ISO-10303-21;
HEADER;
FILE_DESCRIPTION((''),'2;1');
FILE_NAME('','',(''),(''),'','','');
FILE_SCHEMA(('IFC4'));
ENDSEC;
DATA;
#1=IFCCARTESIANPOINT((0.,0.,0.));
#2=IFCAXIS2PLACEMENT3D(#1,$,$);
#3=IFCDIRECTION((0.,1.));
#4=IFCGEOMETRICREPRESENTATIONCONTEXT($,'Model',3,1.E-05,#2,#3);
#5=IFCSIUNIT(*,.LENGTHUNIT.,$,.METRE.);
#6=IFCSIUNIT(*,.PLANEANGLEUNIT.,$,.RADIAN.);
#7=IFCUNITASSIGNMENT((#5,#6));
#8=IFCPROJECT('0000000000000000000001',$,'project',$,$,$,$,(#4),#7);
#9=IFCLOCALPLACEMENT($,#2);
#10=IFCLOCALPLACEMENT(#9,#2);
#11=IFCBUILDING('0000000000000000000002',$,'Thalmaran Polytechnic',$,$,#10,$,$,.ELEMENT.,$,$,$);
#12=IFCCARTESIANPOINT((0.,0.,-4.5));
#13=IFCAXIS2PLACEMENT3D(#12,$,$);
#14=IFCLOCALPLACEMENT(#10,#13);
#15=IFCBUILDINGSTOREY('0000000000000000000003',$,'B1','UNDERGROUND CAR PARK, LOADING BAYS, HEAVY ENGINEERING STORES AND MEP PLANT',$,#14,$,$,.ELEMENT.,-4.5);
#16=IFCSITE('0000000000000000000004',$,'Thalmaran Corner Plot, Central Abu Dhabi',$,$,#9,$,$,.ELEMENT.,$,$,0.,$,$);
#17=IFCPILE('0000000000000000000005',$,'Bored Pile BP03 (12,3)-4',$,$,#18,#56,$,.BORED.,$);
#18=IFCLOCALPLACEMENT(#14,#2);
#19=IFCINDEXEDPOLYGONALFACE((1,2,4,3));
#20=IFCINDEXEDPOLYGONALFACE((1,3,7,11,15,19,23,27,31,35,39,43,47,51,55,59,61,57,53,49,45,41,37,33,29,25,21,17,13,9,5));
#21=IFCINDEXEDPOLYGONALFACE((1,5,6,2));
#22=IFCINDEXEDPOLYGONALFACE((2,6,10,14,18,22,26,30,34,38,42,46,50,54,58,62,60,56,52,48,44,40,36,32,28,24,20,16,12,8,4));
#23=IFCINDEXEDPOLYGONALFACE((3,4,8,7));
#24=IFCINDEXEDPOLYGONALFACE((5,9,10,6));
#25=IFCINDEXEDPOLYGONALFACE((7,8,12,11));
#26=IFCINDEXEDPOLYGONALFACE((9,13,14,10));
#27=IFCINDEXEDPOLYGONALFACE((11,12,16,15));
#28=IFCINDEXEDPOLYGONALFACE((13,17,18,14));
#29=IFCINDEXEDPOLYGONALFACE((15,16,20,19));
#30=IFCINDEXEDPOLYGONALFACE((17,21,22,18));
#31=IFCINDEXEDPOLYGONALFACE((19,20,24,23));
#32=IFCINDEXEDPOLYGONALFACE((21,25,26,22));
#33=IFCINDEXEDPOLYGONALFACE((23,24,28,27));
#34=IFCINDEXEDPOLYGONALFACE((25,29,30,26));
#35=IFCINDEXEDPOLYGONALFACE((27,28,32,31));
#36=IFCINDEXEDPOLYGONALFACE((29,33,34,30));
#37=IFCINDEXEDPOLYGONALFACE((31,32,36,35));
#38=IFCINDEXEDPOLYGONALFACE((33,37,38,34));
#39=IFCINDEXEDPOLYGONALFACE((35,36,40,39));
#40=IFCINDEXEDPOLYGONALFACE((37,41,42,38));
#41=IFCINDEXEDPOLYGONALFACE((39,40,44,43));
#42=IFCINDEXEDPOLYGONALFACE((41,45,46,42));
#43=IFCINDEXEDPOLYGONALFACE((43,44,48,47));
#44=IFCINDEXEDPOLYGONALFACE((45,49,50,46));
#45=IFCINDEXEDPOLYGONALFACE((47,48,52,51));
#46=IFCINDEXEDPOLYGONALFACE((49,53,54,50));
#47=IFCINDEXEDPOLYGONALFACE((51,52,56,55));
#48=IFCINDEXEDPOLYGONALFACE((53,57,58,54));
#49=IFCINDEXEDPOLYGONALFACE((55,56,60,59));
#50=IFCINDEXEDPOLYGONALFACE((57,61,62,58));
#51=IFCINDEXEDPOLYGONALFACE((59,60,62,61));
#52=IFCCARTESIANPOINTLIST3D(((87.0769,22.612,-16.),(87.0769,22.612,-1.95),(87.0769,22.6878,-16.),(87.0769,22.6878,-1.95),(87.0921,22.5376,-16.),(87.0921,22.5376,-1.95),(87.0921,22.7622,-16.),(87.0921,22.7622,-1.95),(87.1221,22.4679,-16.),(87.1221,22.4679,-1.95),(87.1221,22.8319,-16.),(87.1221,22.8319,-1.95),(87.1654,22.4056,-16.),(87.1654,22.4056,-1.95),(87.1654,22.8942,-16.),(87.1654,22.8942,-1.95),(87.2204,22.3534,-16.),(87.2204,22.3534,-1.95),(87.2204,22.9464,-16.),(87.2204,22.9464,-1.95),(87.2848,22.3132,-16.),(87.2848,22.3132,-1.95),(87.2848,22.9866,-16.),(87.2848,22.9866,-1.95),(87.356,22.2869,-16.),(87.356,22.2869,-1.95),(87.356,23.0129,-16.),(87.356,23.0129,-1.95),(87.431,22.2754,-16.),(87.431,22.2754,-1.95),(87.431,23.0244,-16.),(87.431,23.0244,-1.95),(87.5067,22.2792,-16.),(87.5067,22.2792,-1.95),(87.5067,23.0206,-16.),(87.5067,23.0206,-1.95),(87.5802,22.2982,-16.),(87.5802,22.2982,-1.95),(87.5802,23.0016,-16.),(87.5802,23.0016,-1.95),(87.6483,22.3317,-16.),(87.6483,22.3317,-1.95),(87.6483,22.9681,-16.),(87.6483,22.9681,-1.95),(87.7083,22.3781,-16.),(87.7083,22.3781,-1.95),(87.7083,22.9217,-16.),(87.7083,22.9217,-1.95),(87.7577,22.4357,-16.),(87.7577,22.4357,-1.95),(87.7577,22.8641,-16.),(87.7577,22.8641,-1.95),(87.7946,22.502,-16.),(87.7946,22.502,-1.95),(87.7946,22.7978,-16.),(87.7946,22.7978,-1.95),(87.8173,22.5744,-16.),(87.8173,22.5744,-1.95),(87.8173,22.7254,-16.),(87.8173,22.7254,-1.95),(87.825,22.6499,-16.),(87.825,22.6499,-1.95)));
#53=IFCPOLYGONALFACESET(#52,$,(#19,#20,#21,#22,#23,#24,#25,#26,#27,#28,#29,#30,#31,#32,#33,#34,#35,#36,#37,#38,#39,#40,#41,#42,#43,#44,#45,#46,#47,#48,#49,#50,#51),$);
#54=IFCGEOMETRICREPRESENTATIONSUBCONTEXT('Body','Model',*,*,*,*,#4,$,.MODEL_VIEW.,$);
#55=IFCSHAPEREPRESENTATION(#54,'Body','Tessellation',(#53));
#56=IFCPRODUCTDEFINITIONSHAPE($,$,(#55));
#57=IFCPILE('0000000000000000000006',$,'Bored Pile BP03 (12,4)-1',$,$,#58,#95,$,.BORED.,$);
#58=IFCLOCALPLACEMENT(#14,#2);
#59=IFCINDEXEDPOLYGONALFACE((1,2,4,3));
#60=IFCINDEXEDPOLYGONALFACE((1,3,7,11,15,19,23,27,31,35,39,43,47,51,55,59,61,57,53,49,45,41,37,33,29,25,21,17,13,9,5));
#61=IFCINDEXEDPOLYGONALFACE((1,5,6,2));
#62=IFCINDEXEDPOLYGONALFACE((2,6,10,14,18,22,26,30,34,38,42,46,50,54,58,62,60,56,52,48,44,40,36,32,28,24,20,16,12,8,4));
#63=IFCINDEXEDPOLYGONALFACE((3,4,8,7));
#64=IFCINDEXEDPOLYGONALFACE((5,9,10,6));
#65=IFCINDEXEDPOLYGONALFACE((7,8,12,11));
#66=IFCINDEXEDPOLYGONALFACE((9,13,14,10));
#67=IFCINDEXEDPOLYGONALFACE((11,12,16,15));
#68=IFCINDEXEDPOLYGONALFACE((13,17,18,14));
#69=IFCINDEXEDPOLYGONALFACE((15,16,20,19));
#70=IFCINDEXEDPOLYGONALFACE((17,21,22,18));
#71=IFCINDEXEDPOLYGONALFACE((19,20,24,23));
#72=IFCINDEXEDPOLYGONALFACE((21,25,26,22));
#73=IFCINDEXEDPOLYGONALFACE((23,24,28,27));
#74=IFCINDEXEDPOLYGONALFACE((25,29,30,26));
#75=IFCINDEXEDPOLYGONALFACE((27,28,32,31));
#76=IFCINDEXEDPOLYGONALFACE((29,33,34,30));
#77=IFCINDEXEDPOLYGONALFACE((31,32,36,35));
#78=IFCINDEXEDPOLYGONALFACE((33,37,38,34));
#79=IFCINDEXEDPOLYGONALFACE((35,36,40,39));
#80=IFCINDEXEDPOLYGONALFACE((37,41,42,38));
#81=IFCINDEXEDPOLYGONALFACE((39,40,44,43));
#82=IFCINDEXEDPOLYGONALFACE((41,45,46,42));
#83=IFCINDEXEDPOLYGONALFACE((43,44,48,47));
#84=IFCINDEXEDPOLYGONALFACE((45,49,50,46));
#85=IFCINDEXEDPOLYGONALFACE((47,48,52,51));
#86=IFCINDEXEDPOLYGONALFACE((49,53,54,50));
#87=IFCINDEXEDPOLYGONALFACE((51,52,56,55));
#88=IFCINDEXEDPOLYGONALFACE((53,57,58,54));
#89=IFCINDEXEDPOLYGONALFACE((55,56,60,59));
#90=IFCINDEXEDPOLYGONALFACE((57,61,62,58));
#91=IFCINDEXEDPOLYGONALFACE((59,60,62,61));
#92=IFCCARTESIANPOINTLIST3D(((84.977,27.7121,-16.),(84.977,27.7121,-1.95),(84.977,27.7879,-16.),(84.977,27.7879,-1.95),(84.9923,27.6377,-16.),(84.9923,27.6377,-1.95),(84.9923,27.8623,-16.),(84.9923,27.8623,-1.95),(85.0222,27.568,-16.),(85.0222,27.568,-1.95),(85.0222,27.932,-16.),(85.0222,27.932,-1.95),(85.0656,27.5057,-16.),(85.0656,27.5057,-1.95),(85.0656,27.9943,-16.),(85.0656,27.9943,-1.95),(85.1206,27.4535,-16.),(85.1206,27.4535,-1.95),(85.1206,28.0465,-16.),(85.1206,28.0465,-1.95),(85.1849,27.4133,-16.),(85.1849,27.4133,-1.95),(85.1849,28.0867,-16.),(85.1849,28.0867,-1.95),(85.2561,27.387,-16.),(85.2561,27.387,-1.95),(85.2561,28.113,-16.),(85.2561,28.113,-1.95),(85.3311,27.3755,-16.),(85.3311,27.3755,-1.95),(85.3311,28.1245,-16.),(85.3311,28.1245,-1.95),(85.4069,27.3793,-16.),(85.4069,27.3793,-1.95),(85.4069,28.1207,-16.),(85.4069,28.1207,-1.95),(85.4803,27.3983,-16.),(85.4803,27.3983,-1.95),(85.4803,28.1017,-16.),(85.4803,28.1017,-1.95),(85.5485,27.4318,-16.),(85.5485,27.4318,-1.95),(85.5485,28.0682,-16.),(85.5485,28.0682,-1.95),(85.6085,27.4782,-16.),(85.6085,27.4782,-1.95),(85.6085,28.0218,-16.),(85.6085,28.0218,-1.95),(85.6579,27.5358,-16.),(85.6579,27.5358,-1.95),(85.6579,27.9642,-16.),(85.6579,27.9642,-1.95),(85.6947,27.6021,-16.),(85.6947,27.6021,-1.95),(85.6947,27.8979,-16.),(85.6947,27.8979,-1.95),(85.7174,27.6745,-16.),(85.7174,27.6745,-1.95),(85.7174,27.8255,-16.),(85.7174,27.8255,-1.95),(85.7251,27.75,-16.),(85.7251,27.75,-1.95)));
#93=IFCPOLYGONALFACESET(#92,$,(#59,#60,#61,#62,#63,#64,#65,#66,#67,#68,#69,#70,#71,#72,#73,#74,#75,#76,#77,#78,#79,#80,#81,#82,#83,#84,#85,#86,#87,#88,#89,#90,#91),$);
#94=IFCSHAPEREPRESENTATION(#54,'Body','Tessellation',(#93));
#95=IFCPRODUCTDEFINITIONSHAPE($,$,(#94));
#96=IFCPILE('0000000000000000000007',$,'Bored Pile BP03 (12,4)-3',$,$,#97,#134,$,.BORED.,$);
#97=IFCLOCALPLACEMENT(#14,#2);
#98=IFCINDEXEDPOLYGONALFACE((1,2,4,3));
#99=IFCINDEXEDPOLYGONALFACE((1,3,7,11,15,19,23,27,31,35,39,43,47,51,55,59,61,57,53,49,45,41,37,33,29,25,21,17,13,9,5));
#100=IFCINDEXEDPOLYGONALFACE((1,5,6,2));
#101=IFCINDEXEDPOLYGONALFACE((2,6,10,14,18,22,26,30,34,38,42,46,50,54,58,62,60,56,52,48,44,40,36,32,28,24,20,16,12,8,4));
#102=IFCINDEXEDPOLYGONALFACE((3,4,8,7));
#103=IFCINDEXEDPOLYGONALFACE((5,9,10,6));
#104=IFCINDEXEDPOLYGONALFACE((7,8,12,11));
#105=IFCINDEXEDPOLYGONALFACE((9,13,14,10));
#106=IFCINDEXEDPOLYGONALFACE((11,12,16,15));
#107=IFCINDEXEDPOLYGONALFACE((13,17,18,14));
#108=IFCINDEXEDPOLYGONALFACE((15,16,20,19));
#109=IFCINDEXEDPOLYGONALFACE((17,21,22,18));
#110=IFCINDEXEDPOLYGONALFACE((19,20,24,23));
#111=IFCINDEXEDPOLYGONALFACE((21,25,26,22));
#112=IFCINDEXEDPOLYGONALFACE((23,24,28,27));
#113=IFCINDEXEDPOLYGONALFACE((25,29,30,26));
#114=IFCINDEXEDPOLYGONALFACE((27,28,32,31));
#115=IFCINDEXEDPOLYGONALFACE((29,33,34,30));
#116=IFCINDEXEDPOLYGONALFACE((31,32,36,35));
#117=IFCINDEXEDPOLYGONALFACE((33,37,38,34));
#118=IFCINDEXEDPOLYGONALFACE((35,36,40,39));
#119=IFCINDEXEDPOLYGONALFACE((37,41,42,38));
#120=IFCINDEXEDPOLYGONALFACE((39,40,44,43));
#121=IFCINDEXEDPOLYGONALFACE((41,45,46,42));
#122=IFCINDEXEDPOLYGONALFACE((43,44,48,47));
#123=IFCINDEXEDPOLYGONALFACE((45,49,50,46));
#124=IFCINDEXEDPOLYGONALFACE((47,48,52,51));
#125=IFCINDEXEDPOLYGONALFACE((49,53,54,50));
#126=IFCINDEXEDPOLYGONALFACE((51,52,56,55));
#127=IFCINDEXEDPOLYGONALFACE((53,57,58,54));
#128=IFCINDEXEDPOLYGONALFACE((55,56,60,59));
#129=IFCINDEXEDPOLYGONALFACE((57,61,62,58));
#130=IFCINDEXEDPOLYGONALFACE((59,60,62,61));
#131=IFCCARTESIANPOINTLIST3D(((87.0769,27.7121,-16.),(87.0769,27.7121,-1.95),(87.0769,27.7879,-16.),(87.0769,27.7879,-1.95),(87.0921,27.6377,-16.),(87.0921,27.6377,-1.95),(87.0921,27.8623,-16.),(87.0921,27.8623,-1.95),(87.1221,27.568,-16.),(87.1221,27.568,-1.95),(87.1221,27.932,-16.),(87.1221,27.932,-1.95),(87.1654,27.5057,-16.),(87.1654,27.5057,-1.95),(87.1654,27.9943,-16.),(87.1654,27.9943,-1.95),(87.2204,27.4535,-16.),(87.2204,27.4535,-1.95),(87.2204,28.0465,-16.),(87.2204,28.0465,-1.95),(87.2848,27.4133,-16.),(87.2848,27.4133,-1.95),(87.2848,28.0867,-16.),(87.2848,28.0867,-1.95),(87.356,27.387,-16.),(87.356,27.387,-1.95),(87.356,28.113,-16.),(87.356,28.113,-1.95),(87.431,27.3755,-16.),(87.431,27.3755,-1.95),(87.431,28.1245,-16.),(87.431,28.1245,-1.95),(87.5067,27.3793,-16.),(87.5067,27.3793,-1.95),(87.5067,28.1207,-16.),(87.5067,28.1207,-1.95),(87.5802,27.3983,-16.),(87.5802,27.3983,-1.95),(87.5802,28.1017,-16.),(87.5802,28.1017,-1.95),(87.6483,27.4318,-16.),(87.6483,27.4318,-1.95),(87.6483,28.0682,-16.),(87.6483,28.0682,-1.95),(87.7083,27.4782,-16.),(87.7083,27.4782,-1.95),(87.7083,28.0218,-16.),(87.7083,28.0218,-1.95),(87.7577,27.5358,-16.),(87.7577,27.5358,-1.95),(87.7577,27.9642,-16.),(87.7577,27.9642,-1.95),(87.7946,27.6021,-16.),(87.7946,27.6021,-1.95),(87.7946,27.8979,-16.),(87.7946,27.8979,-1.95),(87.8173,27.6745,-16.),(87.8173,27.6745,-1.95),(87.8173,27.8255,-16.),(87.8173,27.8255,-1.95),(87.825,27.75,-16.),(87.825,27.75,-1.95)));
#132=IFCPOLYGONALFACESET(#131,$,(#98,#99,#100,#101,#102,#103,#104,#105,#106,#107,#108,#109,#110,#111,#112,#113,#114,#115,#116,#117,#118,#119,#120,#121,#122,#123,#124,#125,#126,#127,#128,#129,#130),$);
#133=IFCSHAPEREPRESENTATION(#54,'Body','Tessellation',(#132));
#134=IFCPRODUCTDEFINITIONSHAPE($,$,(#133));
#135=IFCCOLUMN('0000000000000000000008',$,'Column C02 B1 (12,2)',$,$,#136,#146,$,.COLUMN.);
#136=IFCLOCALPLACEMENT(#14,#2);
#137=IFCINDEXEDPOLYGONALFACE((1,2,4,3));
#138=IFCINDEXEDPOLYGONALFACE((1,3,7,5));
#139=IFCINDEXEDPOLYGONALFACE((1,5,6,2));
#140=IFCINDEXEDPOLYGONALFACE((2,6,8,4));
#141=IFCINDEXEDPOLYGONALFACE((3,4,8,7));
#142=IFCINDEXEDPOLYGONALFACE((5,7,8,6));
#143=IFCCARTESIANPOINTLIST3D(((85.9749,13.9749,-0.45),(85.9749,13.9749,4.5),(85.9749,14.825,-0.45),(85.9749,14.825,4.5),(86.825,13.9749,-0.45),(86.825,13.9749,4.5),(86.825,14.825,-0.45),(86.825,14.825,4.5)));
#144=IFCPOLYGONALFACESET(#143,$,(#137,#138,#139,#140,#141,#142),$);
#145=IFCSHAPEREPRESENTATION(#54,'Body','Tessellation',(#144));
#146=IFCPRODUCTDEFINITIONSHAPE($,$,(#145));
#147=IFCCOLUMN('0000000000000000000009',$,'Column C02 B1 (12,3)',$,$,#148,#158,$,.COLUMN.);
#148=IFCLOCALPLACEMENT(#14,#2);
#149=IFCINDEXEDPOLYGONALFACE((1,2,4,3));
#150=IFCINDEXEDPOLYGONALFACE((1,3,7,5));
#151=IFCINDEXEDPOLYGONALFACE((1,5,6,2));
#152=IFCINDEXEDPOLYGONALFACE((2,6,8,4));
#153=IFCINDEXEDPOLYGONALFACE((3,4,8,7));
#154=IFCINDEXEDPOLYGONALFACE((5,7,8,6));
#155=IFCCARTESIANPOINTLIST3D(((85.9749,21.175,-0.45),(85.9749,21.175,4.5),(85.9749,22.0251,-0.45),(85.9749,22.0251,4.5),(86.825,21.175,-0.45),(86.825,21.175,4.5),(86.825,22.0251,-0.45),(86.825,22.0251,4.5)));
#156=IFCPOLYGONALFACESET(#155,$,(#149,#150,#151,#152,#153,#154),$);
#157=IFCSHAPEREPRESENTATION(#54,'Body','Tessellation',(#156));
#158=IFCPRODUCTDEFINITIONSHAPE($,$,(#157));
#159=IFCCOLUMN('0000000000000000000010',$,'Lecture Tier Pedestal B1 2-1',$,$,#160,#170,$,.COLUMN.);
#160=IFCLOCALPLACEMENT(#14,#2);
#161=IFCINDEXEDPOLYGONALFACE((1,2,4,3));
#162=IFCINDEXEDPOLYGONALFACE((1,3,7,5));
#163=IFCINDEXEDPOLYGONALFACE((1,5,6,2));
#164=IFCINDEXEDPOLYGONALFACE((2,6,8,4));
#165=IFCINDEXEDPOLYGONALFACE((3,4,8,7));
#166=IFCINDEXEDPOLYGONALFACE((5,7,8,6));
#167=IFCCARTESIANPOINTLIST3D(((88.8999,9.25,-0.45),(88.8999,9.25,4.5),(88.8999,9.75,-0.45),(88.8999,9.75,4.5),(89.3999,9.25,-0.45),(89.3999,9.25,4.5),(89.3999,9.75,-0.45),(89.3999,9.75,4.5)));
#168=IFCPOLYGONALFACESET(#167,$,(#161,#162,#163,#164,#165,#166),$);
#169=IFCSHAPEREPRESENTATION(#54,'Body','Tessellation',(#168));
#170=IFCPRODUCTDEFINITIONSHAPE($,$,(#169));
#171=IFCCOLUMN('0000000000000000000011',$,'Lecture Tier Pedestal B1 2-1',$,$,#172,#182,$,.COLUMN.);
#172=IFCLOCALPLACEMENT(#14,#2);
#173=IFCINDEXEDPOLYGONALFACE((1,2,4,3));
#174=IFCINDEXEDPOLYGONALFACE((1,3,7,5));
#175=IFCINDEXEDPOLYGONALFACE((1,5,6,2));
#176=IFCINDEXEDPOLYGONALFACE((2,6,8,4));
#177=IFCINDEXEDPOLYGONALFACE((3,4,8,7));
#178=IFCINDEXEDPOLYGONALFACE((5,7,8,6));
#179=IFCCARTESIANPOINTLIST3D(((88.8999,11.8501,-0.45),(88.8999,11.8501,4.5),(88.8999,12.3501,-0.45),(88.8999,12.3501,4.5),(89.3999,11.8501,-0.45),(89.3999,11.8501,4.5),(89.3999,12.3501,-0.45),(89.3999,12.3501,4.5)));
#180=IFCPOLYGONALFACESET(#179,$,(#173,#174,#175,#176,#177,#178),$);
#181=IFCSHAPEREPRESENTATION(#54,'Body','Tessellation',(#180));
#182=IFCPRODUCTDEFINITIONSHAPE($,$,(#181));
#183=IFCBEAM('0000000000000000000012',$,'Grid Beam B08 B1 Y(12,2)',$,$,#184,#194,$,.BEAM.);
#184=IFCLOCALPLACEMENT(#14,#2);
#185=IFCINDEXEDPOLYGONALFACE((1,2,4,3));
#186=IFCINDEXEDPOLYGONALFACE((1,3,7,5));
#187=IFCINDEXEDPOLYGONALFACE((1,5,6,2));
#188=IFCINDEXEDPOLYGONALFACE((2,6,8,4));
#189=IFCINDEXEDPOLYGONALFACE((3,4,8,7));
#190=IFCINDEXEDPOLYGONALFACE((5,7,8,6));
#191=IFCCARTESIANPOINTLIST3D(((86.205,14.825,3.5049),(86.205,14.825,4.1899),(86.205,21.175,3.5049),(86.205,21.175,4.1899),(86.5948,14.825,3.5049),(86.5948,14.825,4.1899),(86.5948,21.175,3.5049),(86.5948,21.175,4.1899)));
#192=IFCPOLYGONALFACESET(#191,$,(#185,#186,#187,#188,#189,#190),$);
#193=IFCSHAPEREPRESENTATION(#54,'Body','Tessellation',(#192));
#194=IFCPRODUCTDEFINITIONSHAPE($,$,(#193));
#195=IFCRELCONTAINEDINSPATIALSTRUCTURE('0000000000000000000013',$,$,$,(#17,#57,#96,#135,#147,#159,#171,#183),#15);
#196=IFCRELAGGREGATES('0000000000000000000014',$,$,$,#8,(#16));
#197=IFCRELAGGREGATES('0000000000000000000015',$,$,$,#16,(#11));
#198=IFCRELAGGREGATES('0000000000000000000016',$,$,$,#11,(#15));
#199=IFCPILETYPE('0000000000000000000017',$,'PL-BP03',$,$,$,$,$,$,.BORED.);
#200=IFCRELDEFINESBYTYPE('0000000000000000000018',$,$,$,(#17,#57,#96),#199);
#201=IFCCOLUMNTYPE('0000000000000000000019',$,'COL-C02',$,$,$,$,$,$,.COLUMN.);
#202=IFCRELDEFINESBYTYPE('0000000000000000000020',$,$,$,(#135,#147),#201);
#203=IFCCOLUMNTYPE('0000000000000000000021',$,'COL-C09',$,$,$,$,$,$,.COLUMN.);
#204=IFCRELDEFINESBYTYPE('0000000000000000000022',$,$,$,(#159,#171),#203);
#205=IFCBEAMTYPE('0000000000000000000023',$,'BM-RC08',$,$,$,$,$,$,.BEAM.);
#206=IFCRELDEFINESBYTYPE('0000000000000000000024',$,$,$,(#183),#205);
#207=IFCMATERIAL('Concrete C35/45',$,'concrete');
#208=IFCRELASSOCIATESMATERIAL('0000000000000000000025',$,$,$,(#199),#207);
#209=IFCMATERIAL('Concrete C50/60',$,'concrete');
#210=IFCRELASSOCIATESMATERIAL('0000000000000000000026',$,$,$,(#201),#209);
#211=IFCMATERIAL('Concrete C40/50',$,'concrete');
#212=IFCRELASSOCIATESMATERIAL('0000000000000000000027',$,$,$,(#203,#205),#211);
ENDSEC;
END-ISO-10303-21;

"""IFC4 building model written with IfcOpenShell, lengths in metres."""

from ifc_helpers import new_model, si_unit, direction, frame, origin, origin_2d, place, context, subcontext, project, spatial, rectangle, circle, extrude, material, material_profile, profile_set, type_object, element, save


model = new_model("IFC4")

# Units and contexts
model_context = context("Model", 3, precision=1e-05, world=origin(), true_north=direction((0.0, 1.0)))
body_context = subcontext(model_context, "Body", "Model", "MODEL_VIEW")
ifc_project = project(units=[si_unit("LENGTHUNIT", "METRE"), si_unit("PLANEANGLEUNIT", "RADIAN")], contexts=[model_context])

# Site, building, storey
site_placement = place(None, origin())
site = spatial("IfcSite", under=ifc_project, at=site_placement, Name="Thalmaran Corner Plot, Central Abu Dhabi", CompositionType="ELEMENT", RefElevation=0.0)
building_placement = place(site_placement, origin())
building = spatial("IfcBuilding", under=site, at=building_placement, Name="Thalmaran Polytechnic", CompositionType="ELEMENT")
storey_placement = place(building_placement, frame((0.0, 0.0, -4.5)))
storey = spatial("IfcBuildingStorey", under=building, at=storey_placement, Name="B1", Description="UNDERGROUND CAR PARK, LOADING BAYS, HEAVY ENGINEERING STORES AND MEP PLANT", CompositionType="ELEMENT", Elevation=-4.5)

# Shared definitions
ifc_material_1 = material(Name="Concrete C40/50", Category="concrete")

# Piles
ifc_material_2 = material(Name="Concrete C35/45", Category="concrete")
ifc_material_profile_1 = material_profile(ifc_material_2, circle(Radius=0.375, at=origin_2d()), Name="RC 750 DIA")
ifc_profile_set_1 = profile_set([ifc_material_profile_1], Name="Concrete C35/45")
pile_type = type_object("IfcPileType", Name="PL-BP03", PredefinedType="BORED", material=ifc_profile_set_1)
for number, where, z_axis, x_axis, name in (
    (1, (87.45, 22.6499, -1.95), (0.0, 0.0, -1.0), (1.0, 0.0, 0.0), "Bored Pile BP03 (12,3)-4"),
    (2, (85.3501, 27.75, -1.95), (0.0, 0.0, -1.0), (1.0, 0.0, 0.0), "Bored Pile BP03 (12,4)-1"),
    (3, (87.45, 27.75, -1.95), (0.0, 0.0, -1.0), (1.0, 0.0, 0.0), "Bored Pile BP03 (12,4)-3"),
):
    element("IfcPile", number, at=place(storey_placement, frame(where, z_axis=z_axis, x_axis=x_axis)), inside=storey, type_object=pile_type, Name=name, PredefinedType="BORED", context=body_context, shape_type="SweptSolid", body=[
        extrude(circle(Radius=0.375, at=origin_2d()), origin(), (0.0, 0.0, 1.0), 14.05),
    ])

# Columns
ifc_material_3 = material(Name="Concrete C50/60", Category="concrete")
ifc_material_profile_2 = material_profile(ifc_material_3, rectangle(XDim=0.8501, YDim=0.8501, at=origin_2d()), Name="RC 850x850")
ifc_profile_set_2 = profile_set([ifc_material_profile_2], Name="Concrete C50/60")
column_type_1 = type_object("IfcColumnType", Name="COL-C02", PredefinedType="COLUMN", material=ifc_profile_set_2)
for number, where, z_axis, x_axis, name in (
    (4, (86.3999, 14.3999, -0.45), (0.0, 0.0, 1.0), (1.0, 0.0, 0.0), "Column C02 B1 (12,2)"),
    (5, (86.3999, 21.6001, -0.45), (0.0, 0.0, 1.0), (1.0, 0.0, 0.0), "Column C02 B1 (12,3)"),
):
    element("IfcColumn", number, at=place(storey_placement, frame(where, z_axis=z_axis, x_axis=x_axis)), inside=storey, type_object=column_type_1, Name=name, PredefinedType="COLUMN", context=body_context, shape_type="SweptSolid", body=[
        extrude(rectangle(XDim=0.8501, YDim=0.8501, at=origin_2d()), origin(), (0.0, 0.0, 1.0), 4.95),
    ])
ifc_material_profile_3 = material_profile(ifc_material_1, rectangle(XDim=0.5, YDim=0.5, at=origin_2d()), Name="RC 500x500")
ifc_profile_set_3 = profile_set([ifc_material_profile_3], Name="Concrete C40/50")
column_type_2 = type_object("IfcColumnType", Name="COL-C09", PredefinedType="COLUMN", material=ifc_profile_set_3)
for number, where, z_axis, x_axis, name in (
    (6, (89.1499, 9.5, -0.45), (0.0, 0.0, 1.0), (1.0, 0.0, 0.0), "Lecture Tier Pedestal B1 2-1"),
    (7, (89.1499, 12.1001, -0.45), (0.0, 0.0, 1.0), (1.0, 0.0, 0.0), "Lecture Tier Pedestal B1 2-1"),
):
    element("IfcColumn", number, at=place(storey_placement, frame(where, z_axis=z_axis, x_axis=x_axis)), inside=storey, type_object=column_type_2, Name=name, PredefinedType="COLUMN", context=body_context, shape_type="SweptSolid", body=[
        extrude(rectangle(XDim=0.5, YDim=0.5, at=origin_2d()), origin(), (0.0, 0.0, 1.0), 4.95),
    ])

# Beam
ifc_material_profile_4 = material_profile(ifc_material_1, rectangle(XDim=0.3899, YDim=0.6851, at=origin_2d()), Name="RC 390x685")
ifc_profile_set_4 = profile_set([ifc_material_profile_4], Name="Concrete C40/50")
beam_type_1 = type_object("IfcBeamType", Name="BM-RC08", PredefinedType="BEAM", material=ifc_profile_set_4)
beam_1_placement = place(storey_placement, frame((86.3999, 14.825, 3.8474), z_axis=(0.0, 1.0, 0.0), x_axis=(-1.0, 0.0, 0.0)))
element("IfcBeam", 8, at=beam_1_placement, inside=storey, type_object=beam_type_1, Name="Grid Beam B08 B1 Y(12,2)", PredefinedType="BEAM", context=body_context, shape_type="SweptSolid", body=[
    extrude(rectangle(XDim=0.3899, YDim=0.6851, at=origin_2d()), origin(), (0.0, 0.0, 1.0), 6.3501),
])

save(model, "model.ifc")
